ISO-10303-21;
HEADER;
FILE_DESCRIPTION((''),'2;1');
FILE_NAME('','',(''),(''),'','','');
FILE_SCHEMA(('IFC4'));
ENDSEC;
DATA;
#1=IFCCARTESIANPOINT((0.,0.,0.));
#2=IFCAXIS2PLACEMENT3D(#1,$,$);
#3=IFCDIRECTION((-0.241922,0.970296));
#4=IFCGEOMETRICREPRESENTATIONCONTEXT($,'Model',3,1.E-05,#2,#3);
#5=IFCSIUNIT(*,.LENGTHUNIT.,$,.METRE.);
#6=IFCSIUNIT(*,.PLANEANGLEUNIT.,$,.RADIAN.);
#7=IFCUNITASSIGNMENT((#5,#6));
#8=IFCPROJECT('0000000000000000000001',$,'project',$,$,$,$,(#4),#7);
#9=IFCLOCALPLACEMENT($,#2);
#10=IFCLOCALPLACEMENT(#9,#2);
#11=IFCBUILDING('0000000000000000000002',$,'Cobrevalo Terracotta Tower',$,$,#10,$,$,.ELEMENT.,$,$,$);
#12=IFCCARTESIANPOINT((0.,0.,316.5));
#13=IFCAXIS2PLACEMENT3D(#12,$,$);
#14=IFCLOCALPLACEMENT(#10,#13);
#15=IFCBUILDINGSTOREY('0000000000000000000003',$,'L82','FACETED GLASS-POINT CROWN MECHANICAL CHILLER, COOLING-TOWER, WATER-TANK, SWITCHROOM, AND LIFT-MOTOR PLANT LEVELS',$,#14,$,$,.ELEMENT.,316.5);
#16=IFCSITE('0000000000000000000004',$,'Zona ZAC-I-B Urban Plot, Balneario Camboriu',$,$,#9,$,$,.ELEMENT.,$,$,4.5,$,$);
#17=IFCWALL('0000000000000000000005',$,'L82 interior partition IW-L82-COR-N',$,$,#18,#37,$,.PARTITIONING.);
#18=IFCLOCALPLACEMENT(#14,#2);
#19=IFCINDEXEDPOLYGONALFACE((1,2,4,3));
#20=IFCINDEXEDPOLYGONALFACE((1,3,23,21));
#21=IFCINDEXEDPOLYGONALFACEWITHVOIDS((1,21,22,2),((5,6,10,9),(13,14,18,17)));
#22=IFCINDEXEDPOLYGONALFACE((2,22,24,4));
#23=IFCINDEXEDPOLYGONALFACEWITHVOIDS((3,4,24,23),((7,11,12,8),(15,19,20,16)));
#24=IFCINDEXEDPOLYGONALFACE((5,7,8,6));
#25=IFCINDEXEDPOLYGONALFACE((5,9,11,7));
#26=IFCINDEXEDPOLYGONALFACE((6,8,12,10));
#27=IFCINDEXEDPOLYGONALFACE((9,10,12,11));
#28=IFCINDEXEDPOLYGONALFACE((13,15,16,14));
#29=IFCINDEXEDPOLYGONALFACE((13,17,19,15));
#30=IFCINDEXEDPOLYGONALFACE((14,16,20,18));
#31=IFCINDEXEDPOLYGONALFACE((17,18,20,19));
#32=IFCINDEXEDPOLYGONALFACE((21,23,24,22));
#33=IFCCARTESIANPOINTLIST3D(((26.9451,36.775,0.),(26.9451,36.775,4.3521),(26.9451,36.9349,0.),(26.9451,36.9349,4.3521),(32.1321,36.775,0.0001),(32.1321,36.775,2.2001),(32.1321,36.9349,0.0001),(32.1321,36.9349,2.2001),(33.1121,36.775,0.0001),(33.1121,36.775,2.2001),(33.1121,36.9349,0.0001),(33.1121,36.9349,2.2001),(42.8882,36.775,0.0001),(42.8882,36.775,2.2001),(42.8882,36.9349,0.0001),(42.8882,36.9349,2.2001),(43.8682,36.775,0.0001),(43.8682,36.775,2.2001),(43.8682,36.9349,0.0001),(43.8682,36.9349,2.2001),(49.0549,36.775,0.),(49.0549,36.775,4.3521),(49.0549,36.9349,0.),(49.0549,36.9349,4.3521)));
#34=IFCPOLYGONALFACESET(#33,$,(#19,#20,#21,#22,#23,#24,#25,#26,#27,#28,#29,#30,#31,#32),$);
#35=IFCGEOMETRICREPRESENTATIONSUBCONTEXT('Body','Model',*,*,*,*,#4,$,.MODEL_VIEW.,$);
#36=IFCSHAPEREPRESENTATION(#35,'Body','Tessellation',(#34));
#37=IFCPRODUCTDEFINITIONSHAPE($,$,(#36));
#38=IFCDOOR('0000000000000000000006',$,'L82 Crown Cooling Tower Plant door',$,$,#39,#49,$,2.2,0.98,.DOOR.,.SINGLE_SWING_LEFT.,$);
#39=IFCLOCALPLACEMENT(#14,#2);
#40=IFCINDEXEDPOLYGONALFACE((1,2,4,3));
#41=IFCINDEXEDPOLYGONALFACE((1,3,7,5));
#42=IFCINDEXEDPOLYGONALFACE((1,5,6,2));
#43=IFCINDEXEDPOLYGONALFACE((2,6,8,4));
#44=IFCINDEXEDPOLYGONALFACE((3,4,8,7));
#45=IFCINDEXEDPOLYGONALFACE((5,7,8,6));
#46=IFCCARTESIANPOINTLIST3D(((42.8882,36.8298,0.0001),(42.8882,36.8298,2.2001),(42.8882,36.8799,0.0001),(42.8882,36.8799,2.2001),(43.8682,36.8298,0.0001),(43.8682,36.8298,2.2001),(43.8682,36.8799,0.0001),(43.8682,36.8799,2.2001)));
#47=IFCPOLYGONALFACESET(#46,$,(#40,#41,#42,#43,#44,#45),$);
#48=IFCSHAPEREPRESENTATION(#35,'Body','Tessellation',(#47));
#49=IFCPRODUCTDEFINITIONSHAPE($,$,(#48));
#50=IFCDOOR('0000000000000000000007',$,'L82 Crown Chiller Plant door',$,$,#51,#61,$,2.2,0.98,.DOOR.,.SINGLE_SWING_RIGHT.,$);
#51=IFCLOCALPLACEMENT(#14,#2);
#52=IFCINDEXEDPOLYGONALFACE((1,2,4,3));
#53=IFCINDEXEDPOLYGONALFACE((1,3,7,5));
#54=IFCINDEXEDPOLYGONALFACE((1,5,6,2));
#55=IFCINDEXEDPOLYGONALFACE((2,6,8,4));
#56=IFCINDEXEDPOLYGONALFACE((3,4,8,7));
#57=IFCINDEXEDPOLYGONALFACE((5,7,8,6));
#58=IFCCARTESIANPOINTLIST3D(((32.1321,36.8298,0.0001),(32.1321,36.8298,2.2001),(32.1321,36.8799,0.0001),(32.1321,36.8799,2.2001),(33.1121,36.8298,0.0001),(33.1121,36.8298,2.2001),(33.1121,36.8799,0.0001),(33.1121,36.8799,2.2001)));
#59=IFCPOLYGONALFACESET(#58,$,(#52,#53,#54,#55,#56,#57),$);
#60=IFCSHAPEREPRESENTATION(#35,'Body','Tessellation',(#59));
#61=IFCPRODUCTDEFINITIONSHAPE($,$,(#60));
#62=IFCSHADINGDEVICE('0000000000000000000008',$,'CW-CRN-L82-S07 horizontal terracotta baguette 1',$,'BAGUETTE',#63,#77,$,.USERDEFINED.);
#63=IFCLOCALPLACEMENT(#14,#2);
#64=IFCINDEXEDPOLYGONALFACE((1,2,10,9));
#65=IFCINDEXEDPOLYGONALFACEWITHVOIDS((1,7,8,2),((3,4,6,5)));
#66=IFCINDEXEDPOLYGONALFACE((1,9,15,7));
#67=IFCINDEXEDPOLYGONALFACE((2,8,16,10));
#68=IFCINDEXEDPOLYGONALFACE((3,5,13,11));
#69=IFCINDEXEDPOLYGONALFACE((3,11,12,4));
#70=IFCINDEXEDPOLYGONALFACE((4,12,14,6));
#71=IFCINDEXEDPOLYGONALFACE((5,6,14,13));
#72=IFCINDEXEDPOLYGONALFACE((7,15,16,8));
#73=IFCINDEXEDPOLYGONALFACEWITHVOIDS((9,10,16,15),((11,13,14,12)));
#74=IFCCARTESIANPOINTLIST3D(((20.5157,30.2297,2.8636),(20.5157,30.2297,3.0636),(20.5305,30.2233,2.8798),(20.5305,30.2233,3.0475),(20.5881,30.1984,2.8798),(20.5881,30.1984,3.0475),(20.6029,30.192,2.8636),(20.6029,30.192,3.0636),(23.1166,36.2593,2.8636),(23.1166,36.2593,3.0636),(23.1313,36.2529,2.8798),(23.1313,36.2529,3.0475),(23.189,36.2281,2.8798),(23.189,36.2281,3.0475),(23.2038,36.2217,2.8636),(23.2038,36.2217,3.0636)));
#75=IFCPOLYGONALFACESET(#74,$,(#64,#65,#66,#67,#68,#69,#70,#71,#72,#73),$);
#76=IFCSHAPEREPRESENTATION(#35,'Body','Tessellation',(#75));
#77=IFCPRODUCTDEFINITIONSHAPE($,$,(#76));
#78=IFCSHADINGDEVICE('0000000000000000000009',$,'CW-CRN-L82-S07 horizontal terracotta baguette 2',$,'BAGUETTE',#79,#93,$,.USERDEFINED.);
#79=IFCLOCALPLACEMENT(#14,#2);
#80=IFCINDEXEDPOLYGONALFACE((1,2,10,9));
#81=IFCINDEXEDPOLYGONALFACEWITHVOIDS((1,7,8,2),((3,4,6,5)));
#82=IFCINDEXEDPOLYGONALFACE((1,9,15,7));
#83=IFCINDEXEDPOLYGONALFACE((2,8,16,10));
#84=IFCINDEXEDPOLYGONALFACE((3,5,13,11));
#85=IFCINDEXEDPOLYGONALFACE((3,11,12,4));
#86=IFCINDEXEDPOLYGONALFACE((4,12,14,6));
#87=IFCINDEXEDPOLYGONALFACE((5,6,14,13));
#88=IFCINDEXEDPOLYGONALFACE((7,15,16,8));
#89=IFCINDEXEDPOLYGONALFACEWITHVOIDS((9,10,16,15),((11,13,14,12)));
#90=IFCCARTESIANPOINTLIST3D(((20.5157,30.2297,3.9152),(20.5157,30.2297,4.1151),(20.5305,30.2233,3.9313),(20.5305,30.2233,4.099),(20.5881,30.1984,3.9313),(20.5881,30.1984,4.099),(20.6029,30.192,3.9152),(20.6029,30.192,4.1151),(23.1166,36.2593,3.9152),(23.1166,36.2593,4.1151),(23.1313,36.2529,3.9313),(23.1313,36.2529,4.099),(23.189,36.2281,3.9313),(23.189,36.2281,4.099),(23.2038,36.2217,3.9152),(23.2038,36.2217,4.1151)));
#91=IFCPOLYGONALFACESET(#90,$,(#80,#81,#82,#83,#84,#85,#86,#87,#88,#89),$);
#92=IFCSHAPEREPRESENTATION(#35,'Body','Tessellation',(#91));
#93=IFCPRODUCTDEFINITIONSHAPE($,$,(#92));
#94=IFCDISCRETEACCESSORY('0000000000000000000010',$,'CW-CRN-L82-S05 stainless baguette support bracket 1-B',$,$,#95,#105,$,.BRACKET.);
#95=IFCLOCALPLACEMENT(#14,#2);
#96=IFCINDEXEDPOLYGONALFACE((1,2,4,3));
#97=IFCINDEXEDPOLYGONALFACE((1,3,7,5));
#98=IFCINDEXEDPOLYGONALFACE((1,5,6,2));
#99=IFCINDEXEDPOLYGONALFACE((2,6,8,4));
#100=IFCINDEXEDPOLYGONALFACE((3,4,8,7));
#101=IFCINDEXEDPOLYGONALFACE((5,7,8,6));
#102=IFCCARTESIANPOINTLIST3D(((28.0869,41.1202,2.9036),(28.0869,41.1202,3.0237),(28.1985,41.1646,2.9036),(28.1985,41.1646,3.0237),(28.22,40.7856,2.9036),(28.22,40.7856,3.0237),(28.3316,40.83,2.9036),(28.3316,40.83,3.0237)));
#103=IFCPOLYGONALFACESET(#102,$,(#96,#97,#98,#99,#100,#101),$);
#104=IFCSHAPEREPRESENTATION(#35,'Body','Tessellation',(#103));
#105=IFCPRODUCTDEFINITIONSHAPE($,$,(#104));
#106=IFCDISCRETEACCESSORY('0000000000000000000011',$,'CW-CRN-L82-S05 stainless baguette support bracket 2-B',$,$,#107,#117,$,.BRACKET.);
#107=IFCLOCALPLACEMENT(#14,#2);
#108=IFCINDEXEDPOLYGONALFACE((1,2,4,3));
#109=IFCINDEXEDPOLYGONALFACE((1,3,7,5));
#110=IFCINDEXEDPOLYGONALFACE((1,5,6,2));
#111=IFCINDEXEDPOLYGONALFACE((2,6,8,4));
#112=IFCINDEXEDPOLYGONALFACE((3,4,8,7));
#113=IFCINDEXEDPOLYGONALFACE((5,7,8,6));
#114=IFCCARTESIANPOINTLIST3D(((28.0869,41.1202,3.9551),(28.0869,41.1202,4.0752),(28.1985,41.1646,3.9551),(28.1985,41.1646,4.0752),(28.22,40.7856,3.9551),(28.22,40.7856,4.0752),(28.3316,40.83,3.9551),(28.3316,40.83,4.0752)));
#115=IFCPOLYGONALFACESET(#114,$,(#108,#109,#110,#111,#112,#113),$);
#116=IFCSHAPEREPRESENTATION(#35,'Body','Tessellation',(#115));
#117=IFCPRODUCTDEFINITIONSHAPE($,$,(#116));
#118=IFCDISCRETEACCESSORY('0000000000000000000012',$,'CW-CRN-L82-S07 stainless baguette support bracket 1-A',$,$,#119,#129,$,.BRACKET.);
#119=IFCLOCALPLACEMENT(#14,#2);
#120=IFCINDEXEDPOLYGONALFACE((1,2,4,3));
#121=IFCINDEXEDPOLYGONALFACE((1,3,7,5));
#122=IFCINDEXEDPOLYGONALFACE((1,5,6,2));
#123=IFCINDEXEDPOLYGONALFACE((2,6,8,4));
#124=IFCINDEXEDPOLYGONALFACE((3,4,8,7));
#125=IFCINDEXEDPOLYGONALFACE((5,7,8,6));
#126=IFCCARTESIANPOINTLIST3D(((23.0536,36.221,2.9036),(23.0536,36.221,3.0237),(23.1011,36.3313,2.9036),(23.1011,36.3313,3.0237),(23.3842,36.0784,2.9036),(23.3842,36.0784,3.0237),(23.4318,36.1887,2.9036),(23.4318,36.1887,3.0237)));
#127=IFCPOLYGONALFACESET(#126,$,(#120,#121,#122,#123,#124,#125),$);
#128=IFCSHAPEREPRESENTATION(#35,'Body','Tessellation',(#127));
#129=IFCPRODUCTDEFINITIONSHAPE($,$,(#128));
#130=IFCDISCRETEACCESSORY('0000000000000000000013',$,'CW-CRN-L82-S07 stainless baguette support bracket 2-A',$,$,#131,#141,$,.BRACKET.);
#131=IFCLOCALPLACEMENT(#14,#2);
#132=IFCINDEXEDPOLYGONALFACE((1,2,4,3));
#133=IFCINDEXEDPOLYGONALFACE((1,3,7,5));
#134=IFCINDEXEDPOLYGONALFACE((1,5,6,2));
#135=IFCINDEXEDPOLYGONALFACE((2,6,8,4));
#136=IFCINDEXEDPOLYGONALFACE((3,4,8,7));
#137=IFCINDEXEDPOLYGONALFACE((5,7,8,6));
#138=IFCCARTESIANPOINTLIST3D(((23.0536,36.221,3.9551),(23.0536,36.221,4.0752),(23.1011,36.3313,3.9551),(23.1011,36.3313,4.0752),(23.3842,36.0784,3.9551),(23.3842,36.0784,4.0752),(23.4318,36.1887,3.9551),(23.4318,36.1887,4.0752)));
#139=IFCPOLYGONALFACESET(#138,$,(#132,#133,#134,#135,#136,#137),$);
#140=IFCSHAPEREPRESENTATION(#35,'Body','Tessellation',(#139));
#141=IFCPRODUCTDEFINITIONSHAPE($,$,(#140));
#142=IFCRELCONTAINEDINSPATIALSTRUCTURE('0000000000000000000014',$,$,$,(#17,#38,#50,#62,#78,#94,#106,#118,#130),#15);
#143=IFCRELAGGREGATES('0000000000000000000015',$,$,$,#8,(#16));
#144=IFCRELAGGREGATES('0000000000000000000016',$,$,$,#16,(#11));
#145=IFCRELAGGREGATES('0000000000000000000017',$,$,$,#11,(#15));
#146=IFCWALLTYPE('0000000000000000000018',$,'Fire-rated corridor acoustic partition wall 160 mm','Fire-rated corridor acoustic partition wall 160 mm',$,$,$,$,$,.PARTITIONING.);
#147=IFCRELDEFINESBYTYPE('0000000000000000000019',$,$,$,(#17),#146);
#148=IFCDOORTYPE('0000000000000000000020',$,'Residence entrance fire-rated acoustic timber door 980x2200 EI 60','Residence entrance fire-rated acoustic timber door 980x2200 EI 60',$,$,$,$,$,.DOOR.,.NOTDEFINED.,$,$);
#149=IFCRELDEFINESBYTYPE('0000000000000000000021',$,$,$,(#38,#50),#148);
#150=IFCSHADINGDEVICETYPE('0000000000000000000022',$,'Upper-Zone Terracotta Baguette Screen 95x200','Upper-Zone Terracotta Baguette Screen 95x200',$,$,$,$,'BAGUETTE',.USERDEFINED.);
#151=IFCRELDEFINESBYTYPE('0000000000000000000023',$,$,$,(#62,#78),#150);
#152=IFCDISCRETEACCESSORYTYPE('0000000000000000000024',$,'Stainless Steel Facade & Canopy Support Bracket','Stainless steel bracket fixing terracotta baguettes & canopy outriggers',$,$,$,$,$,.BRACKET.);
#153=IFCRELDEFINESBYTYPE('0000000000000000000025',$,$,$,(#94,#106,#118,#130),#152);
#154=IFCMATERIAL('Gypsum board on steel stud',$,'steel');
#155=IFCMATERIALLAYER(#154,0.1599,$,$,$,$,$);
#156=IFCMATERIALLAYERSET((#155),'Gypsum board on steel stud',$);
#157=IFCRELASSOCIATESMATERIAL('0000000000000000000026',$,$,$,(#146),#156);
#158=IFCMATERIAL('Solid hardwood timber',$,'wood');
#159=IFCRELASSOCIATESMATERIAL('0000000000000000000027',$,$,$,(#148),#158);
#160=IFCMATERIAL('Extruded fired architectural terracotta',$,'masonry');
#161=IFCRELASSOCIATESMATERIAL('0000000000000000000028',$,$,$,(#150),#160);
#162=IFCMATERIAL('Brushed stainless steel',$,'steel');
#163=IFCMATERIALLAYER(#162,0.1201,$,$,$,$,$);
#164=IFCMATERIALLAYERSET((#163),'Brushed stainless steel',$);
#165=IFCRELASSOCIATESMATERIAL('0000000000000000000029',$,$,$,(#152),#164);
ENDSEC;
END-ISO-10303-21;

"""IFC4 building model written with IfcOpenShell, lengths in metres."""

from ifc_helpers import new_model, si_unit, direction, frame, frame_2d, origin, origin_2d, place, context, subcontext, project, spatial, rectangle, hollow_rectangle, extrude, source, transform, mapped, material, layer, layer_set, material_profile, profile_set, type_object, element, fill, save


model = new_model("IFC4")

# Units and contexts
model_context = context("Model", 3, precision=1e-05, world=origin(), true_north=direction((-0.241922, 0.970296)))
body_context = subcontext(model_context, "Body", "Model", "MODEL_VIEW")
ifc_project = project(units=[si_unit("LENGTHUNIT", "METRE"), si_unit("PLANEANGLEUNIT", "RADIAN")], contexts=[model_context])

# Site, building, storey
site_placement = place(None, origin())
site = spatial("IfcSite", under=ifc_project, at=site_placement, Name="Zona ZAC-I-B Urban Plot, Balneario Camboriu", CompositionType="ELEMENT", RefElevation=4.5)
building_placement = place(site_placement, origin())
building = spatial("IfcBuilding", under=site, at=building_placement, Name="Cobrevalo Terracotta Tower", CompositionType="ELEMENT")
storey_placement = place(building_placement, frame((0.0, 0.0, 316.5)))
storey = spatial("IfcBuildingStorey", under=building, at=storey_placement, Name="L82", Description="FACETED GLASS-POINT CROWN MECHANICAL CHILLER, COOLING-TOWER, WATER-TANK, SWITCHROOM, AND LIFT-MOTOR PLANT LEVELS", CompositionType="ELEMENT", Elevation=316.5)

# Wall, openings, doors
ifc_material_1 = material(Name="Gypsum board on steel stud", Category="steel")
ifc_layer_1 = layer(ifc_material_1, 0.1599)
ifc_layer_set_1 = layer_set([ifc_layer_1], Name="Gypsum board on steel stud")
wall_type = type_object("IfcWallType", Name="Fire-rated corridor acoustic partition wall 160 mm", Description="Fire-rated corridor acoustic partition wall 160 mm", PredefinedType="PARTITIONING", material=ifc_layer_set_1)
wall_placement = place(storey_placement, frame((26.9451, 36.855, 0.0), z_axis=(0.0, 0.0, 1.0), x_axis=(1.0, 0.0, 0.0)))
wall = element("IfcWall", 1, at=wall_placement, inside=storey, type_object=wall_type, Name="L82 interior partition IW-L82-COR-N", PredefinedType="PARTITIONING", context=body_context, shape_type="SweptSolid", body=[
    extrude(rectangle(XDim=22.1099, YDim=0.1599, at=frame_2d((11.0549, 0.0))), origin(), (0.0, 0.0, 1.0), 4.3521),
])
opening_1_placement = place(wall_placement, frame((15.9431, 0.0, 0.0)))
opening_1 = element("IfcOpeningElement", 2, at=opening_1_placement, cuts=wall, PredefinedType="OPENING", context=body_context, shape_type="SweptSolid", body=[
    extrude(rectangle(XDim=0.98, YDim=2.2, at=frame_2d((0.49, 1.1001))), frame((0.0, 0.0898, 0.0), z_axis=(0.0, -1.0, 0.0), x_axis=(1.0, 0.0, 0.0)), (0.0, 0.0, 1.0), 0.1799),
])
opening_2_placement = place(wall_placement, frame((5.187, 0.0, 0.0)))
opening_2 = element("IfcOpeningElement", 3, at=opening_2_placement, cuts=wall, PredefinedType="OPENING", context=body_context, shape_type="SweptSolid", body=[
    extrude(rectangle(XDim=0.98, YDim=2.2, at=frame_2d((0.49, 1.1001))), frame((0.0, 0.0898, 0.0), z_axis=(0.0, -1.0, 0.0), x_axis=(1.0, 0.0, 0.0)), (0.0, 0.0, 1.0), 0.1799),
])
ifc_material_2 = material(Name="Solid hardwood timber", Category="wood")
door_type = type_object("IfcDoorType", Name="Residence entrance fire-rated acoustic timber door 980x2200 EI 60", Description="Residence entrance fire-rated acoustic timber door 980x2200 EI 60", OperationType="NOTDEFINED", PredefinedType="DOOR", material=ifc_material_2)
shared_shape_1 = source(origin(), body_context, "Body", "SweptSolid", [
    extrude(rectangle(XDim=0.98, YDim=2.2, at=frame_2d((0.49, 1.1001))), frame((0.0, 0.0249, 0.0), z_axis=(0.0, -1.0, 0.0), x_axis=(1.0, 0.0, 0.0)), (0.0, 0.0, 1.0), 0.05),
])
door_1_placement = place(opening_1_placement, origin())
door_1 = element("IfcDoor", 4, at=door_1_placement, inside=storey, type_object=door_type, Name="L82 Crown Cooling Tower Plant door", OperationType="SINGLE_SWING_LEFT", OverallHeight=2.2, OverallWidth=0.98, PredefinedType="DOOR", context=body_context, shape_type="MappedRepresentation", body=[
    mapped(shared_shape_1, transform((0.0, 0.0, 0.0), scale=1.0)),
])
fill(opening_1, door_1)
door_2_placement = place(opening_2_placement, origin())
door_2 = element("IfcDoor", 5, at=door_2_placement, inside=storey, type_object=door_type, Name="L82 Crown Chiller Plant door", OperationType="SINGLE_SWING_RIGHT", OverallHeight=2.2, OverallWidth=0.98, PredefinedType="DOOR", context=body_context, shape_type="MappedRepresentation", body=[
    mapped(shared_shape_1, transform((0.0, 0.0, 0.0), scale=1.0)),
])
fill(opening_2, door_2)

# Shading devices
ifc_material_3 = material(Name="Extruded fired architectural terracotta", Category="masonry")
ifc_material_profile_1 = material_profile(ifc_material_3, hollow_rectangle(XDim=0.095, YDim=0.2, WallThickness=0.0161, at=origin_2d()), Name="BAGUETTE 95x200")
ifc_profile_set_1 = profile_set([ifc_material_profile_1], Name="Extruded fired architectural terracotta")
shading_device_type = type_object("IfcShadingDeviceType", Name="Upper-Zone Terracotta Baguette Screen 95x200", Description="Upper-Zone Terracotta Baguette Screen 95x200", ElementType="BAGUETTE", PredefinedType="USERDEFINED", material=ifc_profile_set_1)
shared_shape_2 = source(origin(), body_context, "Body", "SweptSolid", [
    extrude(hollow_rectangle(XDim=0.095, YDim=0.2, WallThickness=0.0161, at=origin_2d()), origin(), (0.0, 0.0, 1.0), 6.5667),
])
for number, where, z_axis, x_axis, name in (
    (6, (23.1602, 36.2405, 2.9636), (-0.396072, -0.918219, 0.0), (0.918219, -0.396072, 0.0), "CW-CRN-L82-S07 horizontal terracotta baguette 1"),
    (7, (23.1602, 36.2405, 4.0151), (-0.396072, -0.918219, 0.0), (0.918219, -0.396072, 0.0), "CW-CRN-L82-S07 horizontal terracotta baguette 2"),
):
    element("IfcShadingDevice", number, at=place(storey_placement, frame(where, z_axis=z_axis, x_axis=x_axis)), inside=storey, type_object=shading_device_type, Name=name, ObjectType="BAGUETTE", PredefinedType="USERDEFINED", context=body_context, shape_type="MappedRepresentation", body=[
        mapped(shared_shape_2, transform((0.0, 0.0, 0.0), scale=1.0)),
    ])

# Discrete accessories
ifc_material_4 = material(Name="Brushed stainless steel", Category="steel")
ifc_layer_2 = layer(ifc_material_4, 0.1201)
ifc_layer_set_2 = layer_set([ifc_layer_2], Name="Brushed stainless steel")
discrete_accessory_type = type_object("IfcDiscreteAccessoryType", Name="Stainless Steel Facade & Canopy Support Bracket", Description="Stainless steel bracket fixing terracotta baguettes & canopy outriggers", PredefinedType="BRACKET", material=ifc_layer_set_2)
shared_shape_3 = source(origin(), body_context, "Body", "SweptSolid", [
    extrude(rectangle(XDim=0.1201, YDim=0.3601, at=origin_2d()), origin(), (0.0, 0.0, 1.0), 0.1201),
])
for number, where, z_axis, x_axis, name in (
    (8, (28.2092, 40.9751, 2.9036), (0.0, 0.0, 1.0), (-0.929191, -0.369601, 0.0), "CW-CRN-L82-S05 stainless baguette support bracket 1-B"),
    (9, (28.2092, 40.9751, 3.9551), (0.0, 0.0, 1.0), (-0.929191, -0.369601, 0.0), "CW-CRN-L82-S05 stainless baguette support bracket 2-B"),
    (10, (23.2427, 36.2048, 2.9036), (0.0, 0.0, 1.0), (-0.396066, -0.918222, 0.0), "CW-CRN-L82-S07 stainless baguette support bracket 1-A"),
    (11, (23.2427, 36.2048, 3.9551), (0.0, 0.0, 1.0), (-0.396066, -0.918222, 0.0), "CW-CRN-L82-S07 stainless baguette support bracket 2-A"),
):
    element("IfcDiscreteAccessory", number, at=place(storey_placement, frame(where, z_axis=z_axis, x_axis=x_axis)), inside=storey, type_object=discrete_accessory_type, Name=name, PredefinedType="BRACKET", context=body_context, shape_type="MappedRepresentation", body=[
        mapped(shared_shape_3, transform((0.0, 0.0, 0.0), scale=1.0)),
    ])

save(model, "model.ifc")
